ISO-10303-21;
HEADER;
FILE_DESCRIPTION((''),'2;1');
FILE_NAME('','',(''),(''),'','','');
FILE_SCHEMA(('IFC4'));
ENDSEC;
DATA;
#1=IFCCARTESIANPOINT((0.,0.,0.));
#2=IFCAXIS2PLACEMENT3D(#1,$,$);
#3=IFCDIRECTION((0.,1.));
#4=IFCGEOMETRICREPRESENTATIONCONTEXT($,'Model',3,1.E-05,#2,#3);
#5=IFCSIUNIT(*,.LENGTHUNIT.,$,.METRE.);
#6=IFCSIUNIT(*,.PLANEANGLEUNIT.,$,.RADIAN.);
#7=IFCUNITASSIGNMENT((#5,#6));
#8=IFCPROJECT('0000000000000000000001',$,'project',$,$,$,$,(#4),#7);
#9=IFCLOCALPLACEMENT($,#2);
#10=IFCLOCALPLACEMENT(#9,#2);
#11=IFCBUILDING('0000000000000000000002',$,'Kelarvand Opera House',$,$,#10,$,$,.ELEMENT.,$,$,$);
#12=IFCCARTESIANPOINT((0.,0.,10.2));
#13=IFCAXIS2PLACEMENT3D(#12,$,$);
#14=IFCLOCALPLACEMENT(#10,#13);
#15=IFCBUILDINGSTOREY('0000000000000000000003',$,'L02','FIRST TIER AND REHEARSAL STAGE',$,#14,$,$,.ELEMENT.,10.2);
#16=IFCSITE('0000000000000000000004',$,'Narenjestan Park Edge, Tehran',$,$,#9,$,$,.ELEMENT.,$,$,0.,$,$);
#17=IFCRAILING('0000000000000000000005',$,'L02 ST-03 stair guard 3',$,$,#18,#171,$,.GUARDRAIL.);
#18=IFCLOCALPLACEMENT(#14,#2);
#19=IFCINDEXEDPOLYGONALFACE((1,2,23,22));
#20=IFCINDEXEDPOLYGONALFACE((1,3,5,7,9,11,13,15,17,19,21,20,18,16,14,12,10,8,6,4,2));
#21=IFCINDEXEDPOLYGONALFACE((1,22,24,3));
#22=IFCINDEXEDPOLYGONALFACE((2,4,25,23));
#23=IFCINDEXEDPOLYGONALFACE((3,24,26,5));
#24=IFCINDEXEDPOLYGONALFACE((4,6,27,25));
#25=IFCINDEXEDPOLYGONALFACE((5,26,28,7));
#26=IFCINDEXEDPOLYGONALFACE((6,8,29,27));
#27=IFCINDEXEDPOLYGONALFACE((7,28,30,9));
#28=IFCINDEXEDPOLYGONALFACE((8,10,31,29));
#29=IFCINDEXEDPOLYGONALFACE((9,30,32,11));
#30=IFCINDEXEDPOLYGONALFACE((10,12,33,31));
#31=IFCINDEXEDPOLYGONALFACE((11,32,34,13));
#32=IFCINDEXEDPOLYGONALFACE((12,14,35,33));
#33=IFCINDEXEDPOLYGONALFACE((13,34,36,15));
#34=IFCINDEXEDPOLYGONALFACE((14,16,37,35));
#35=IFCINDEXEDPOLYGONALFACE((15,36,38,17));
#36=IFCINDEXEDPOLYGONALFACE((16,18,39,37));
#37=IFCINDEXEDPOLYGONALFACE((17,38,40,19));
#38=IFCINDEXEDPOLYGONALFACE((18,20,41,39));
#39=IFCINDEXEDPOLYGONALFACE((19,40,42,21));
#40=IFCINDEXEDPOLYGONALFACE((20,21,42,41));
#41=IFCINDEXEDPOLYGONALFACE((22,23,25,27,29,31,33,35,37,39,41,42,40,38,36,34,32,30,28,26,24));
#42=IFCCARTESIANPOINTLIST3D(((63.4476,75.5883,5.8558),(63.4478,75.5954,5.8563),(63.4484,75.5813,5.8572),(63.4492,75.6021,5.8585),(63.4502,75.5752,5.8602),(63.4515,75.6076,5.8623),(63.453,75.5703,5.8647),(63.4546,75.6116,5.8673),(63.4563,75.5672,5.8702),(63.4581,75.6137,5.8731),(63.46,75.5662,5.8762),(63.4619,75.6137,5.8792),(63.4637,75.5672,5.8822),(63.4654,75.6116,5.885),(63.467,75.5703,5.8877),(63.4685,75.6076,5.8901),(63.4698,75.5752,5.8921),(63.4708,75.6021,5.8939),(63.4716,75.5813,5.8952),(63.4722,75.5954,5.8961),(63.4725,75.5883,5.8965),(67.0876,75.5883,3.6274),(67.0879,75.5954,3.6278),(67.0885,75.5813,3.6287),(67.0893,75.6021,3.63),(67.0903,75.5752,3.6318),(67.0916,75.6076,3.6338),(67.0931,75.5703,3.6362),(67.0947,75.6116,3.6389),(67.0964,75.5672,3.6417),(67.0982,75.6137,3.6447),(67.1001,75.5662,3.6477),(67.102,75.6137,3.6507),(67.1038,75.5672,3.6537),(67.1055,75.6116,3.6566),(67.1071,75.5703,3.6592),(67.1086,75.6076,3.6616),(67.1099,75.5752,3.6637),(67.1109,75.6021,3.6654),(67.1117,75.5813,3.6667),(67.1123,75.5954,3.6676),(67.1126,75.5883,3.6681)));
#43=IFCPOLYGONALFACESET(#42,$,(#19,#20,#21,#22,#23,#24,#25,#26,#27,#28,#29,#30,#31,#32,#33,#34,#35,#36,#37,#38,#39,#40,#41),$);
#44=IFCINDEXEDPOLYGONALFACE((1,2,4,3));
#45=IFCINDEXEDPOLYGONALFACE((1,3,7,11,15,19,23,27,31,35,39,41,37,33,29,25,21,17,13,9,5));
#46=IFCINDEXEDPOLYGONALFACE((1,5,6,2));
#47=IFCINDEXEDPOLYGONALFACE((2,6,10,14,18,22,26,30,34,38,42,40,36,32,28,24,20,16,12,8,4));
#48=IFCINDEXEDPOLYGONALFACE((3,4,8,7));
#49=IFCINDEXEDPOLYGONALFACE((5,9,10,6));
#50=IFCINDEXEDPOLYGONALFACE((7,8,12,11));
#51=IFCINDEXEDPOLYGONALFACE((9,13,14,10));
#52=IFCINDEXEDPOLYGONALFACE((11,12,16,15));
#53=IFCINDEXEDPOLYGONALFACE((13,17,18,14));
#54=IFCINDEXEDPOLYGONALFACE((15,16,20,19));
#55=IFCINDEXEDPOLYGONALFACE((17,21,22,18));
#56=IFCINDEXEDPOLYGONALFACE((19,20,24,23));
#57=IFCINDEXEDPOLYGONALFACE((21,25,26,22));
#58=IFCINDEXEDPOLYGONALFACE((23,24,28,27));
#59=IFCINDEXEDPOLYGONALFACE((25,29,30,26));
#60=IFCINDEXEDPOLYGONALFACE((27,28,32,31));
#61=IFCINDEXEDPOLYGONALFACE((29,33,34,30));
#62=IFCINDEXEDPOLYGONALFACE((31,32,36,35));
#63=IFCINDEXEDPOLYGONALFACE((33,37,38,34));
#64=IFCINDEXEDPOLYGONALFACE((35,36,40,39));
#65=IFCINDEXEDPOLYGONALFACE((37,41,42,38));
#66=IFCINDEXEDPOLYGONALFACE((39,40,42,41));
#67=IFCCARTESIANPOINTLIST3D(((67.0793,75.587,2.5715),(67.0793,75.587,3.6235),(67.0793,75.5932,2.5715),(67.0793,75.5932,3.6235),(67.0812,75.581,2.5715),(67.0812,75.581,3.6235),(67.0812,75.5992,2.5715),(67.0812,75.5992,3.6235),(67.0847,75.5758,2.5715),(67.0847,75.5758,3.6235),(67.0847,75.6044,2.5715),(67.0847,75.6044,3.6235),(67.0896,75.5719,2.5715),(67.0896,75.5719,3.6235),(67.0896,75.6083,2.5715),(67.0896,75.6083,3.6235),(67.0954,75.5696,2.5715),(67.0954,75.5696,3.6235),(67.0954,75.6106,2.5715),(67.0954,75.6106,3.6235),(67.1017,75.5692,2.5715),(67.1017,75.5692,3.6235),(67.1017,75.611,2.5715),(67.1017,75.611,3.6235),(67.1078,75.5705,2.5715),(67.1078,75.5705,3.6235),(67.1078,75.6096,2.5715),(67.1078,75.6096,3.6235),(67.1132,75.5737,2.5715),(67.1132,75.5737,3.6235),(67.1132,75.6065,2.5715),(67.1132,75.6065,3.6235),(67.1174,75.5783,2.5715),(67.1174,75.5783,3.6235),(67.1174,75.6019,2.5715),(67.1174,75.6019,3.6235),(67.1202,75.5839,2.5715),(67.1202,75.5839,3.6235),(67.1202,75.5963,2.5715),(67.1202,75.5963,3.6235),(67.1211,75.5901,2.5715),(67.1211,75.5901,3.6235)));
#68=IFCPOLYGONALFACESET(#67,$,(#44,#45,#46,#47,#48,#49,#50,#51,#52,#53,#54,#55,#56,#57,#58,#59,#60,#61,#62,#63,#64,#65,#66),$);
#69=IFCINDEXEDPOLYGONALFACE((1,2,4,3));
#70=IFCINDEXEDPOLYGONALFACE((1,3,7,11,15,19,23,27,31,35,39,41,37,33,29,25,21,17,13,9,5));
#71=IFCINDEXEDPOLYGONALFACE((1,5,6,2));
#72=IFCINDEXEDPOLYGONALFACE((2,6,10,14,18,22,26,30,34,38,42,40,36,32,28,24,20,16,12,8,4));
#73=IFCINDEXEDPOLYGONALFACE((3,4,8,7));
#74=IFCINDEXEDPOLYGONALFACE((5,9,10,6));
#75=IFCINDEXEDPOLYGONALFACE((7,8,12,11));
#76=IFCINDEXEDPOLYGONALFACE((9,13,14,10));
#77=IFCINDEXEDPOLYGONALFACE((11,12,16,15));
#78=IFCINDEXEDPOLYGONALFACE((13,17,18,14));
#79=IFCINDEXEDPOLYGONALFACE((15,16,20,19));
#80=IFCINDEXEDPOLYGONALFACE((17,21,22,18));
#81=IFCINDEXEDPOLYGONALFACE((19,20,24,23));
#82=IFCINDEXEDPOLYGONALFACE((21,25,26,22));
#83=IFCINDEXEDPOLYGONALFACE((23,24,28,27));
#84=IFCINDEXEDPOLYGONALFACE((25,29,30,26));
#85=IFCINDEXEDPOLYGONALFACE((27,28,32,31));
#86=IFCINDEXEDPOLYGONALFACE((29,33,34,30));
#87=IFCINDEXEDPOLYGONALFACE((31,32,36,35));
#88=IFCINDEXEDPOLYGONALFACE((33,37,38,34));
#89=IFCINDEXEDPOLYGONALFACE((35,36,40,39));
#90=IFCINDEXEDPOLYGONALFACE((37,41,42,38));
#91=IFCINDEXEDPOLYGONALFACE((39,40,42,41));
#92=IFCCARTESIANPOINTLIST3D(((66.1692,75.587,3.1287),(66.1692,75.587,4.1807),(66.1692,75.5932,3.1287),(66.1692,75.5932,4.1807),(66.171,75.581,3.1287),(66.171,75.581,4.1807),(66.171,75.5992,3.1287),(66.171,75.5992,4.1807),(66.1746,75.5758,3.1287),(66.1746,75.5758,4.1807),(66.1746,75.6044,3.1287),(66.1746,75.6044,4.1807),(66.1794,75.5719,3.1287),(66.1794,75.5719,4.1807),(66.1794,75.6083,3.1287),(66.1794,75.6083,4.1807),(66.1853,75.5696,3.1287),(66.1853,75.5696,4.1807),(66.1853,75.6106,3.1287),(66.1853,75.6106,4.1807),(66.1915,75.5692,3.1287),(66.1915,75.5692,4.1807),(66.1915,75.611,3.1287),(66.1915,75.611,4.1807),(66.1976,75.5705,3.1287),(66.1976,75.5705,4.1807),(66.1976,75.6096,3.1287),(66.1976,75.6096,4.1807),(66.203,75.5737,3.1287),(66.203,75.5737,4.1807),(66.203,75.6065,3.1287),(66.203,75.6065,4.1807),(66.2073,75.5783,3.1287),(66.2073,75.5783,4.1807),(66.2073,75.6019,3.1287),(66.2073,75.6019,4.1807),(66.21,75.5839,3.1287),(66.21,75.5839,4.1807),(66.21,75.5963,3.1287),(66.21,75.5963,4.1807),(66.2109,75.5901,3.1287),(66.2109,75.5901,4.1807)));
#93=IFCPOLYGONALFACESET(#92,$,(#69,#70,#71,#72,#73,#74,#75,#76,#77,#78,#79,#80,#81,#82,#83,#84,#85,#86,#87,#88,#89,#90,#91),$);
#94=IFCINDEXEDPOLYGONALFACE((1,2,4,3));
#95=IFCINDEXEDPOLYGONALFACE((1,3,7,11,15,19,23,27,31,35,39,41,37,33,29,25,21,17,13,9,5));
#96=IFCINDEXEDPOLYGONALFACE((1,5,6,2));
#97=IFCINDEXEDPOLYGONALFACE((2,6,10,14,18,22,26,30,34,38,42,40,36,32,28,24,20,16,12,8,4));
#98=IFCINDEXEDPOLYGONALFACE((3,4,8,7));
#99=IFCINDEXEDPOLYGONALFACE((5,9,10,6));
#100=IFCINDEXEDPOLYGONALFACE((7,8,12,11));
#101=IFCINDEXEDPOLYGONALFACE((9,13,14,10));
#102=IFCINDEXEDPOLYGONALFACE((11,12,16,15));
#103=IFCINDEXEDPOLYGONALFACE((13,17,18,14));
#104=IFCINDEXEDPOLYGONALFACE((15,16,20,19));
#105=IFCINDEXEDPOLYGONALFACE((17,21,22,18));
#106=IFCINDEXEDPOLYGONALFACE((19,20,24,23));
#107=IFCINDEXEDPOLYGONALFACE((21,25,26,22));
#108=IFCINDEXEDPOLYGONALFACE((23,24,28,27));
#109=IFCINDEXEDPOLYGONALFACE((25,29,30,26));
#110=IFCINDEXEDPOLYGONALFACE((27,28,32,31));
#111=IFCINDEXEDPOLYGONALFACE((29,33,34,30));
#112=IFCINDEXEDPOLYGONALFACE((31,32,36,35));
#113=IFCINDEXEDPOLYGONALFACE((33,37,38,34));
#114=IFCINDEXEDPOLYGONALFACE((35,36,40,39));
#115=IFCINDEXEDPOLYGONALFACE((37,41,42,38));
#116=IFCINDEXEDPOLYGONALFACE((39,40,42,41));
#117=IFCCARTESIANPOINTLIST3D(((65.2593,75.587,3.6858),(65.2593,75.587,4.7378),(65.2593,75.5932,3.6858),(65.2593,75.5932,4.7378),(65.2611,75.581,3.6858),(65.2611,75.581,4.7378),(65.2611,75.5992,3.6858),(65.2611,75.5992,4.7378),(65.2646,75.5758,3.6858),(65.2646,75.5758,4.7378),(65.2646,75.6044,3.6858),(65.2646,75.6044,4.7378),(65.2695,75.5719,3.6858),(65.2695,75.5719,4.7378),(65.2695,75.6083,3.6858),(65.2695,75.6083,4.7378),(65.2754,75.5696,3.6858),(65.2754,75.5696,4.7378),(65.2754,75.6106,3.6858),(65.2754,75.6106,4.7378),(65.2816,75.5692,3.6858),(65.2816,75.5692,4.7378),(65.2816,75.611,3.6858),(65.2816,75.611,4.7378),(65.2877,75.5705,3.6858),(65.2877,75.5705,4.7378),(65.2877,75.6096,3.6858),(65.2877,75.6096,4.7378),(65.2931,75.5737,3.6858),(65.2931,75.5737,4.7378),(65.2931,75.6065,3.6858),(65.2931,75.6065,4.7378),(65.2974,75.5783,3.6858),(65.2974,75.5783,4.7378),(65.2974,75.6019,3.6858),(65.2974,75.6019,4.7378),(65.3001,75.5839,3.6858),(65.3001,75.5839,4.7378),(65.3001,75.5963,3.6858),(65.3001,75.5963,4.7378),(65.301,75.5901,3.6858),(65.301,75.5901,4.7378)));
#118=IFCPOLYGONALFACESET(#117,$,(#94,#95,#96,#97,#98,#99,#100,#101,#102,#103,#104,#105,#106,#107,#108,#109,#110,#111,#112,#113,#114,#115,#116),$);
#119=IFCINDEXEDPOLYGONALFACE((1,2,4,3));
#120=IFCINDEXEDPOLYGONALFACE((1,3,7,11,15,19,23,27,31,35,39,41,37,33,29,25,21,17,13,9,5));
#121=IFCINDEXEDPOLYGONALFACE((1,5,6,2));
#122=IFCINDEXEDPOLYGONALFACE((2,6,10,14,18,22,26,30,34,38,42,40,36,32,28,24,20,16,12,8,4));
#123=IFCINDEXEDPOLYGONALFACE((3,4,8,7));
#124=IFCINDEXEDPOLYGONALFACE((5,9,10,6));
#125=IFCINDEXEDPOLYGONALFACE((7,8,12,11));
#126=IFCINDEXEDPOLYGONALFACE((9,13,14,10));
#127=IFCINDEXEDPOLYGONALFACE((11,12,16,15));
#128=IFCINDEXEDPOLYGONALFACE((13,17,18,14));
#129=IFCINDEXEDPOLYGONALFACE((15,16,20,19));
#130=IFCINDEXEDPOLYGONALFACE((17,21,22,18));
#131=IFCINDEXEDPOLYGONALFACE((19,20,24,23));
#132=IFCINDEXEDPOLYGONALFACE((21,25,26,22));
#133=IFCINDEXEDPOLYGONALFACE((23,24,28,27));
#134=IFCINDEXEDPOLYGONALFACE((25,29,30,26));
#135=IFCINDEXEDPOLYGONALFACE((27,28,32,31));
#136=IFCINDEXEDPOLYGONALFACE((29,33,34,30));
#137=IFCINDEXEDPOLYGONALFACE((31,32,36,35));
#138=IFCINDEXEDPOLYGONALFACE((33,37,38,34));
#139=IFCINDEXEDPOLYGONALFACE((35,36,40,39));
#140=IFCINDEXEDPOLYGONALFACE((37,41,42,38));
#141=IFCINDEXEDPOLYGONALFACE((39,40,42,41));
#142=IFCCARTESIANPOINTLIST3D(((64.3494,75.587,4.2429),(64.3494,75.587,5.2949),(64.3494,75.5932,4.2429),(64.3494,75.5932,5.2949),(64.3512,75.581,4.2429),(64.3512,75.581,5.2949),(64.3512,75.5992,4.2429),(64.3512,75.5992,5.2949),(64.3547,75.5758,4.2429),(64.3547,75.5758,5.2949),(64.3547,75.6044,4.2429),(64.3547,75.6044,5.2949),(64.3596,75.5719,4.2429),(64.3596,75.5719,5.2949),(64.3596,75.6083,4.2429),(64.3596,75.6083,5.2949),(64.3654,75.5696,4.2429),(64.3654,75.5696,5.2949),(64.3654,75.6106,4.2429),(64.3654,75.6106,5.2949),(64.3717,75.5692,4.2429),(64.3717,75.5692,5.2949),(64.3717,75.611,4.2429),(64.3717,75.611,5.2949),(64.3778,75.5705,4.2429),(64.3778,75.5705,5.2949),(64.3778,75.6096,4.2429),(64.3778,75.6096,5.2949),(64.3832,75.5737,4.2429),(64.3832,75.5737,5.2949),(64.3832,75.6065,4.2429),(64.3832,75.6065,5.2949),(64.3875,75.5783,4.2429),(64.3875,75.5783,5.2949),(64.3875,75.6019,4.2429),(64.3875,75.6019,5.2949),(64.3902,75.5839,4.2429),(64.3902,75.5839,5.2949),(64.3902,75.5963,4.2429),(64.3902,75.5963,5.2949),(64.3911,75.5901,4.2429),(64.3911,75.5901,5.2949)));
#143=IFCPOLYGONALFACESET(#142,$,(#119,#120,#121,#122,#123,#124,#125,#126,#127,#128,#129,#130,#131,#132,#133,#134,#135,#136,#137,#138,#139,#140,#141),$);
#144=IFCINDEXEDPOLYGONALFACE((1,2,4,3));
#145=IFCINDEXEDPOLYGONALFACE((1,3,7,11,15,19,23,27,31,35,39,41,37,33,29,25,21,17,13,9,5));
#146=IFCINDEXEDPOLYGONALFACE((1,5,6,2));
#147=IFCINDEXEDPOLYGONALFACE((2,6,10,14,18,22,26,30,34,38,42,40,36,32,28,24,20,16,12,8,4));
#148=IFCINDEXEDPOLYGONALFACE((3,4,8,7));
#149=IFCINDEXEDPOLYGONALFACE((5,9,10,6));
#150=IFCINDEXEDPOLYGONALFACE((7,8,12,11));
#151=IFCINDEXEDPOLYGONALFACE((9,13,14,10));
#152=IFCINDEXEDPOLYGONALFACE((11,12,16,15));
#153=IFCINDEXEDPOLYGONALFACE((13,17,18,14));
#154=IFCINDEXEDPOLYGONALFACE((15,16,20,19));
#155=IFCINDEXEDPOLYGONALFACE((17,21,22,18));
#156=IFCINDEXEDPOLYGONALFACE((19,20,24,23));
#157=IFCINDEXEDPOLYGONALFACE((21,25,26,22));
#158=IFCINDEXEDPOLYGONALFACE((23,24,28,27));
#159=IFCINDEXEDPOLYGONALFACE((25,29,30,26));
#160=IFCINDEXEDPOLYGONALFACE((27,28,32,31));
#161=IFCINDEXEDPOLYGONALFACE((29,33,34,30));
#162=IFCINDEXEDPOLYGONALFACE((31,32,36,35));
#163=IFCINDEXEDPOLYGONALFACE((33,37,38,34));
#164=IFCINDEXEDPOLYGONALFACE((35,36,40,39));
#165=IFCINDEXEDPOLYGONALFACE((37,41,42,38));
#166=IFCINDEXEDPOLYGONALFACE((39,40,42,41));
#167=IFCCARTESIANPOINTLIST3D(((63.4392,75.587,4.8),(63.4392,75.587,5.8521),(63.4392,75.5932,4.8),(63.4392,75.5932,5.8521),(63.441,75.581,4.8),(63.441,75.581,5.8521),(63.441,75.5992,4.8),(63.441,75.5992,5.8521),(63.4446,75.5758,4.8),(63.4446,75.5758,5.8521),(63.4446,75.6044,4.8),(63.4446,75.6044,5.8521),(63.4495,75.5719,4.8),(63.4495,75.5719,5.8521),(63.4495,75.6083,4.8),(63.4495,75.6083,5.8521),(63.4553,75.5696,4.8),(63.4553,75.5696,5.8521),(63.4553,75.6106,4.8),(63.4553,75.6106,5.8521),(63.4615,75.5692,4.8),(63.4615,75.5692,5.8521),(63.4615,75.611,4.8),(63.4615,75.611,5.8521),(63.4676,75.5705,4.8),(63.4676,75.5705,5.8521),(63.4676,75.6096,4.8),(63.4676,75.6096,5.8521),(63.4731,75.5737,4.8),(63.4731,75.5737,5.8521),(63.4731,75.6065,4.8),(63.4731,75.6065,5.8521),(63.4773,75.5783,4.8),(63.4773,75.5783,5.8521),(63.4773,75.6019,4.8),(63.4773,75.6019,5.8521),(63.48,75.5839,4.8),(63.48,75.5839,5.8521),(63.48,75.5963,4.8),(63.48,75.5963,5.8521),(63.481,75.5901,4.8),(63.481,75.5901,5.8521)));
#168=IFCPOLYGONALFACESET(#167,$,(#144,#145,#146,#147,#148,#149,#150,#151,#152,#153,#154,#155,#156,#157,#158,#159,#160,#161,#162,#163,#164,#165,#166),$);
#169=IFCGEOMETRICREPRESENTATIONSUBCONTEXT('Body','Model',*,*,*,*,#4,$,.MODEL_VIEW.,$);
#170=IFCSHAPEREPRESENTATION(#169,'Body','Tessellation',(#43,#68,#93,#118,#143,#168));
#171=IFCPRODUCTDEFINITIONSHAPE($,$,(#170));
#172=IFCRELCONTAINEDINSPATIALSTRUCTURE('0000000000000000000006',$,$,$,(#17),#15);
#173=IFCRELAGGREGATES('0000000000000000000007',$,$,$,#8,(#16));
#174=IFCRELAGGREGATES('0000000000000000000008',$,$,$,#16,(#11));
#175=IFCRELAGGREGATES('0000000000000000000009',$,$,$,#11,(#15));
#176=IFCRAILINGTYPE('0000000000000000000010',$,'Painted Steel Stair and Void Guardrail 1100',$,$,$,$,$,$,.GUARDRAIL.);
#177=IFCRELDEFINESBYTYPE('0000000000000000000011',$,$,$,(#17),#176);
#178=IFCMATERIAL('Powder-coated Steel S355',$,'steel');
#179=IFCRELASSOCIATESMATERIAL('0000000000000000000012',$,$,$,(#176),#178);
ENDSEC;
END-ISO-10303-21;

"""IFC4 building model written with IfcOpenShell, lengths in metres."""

from ifc_helpers import new_model, si_unit, direction, frame, origin, origin_2d, place, context, subcontext, project, spatial, circle, extrude, material, type_object, element, save


model = new_model("IFC4")

# Units and contexts
model_context = context("Model", 3, precision=1e-05, world=origin(), true_north=direction((0.0, 1.0)))
body_context = subcontext(model_context, "Body", "Model", "MODEL_VIEW")
ifc_project = project(units=[si_unit("LENGTHUNIT", "METRE"), si_unit("PLANEANGLEUNIT", "RADIAN")], contexts=[model_context])

# Site, building, storey
site_placement = place(None, origin())
site = spatial("IfcSite", under=ifc_project, at=site_placement, Name="Narenjestan Park Edge, Tehran", CompositionType="ELEMENT", RefElevation=0.0)
building_placement = place(site_placement, origin())
building = spatial("IfcBuilding", under=site, at=building_placement, Name="Kelarvand Opera House", CompositionType="ELEMENT")
storey_placement = place(building_placement, frame((0.0, 0.0, 10.2)))
storey = spatial("IfcBuildingStorey", under=building, at=storey_placement, Name="L02", Description="FIRST TIER AND REHEARSAL STAGE", CompositionType="ELEMENT", Elevation=10.2)

# Railing
ifc_material_1 = material(Name="Powder-coated Steel S355", Category="steel")
railing_type_1 = type_object("IfcRailingType", Name="Painted Steel Stair and Void Guardrail 1100", PredefinedType="GUARDRAIL", material=ifc_material_1)
railing_1_placement = place(storey_placement, frame((67.1001, 75.5901, 2.5715)))
element("IfcRailing", 1, at=railing_1_placement, inside=storey, type_object=railing_type_1, Name="L02 ST-03 stair guard 3", PredefinedType="GUARDRAIL", context=body_context, shape_type="SweptSolid", body=[
    extrude(circle(Radius=0.0239, at=origin_2d()), frame((0.0, 0.0, 1.0762), z_axis=(-0.852866, 0.0, 0.52213), x_axis=(0.0, -1.0, 0.0)), (0.0, 0.0, 1.0), 4.2681),
    extrude(circle(Radius=0.021, at=origin_2d()), origin(), (0.0, 0.0, 1.0), 1.052),
    extrude(circle(Radius=0.021, at=origin_2d()), frame((-0.9102, 0.0, 0.5571)), (0.0, 0.0, 1.0), 1.052),
    extrude(circle(Radius=0.021, at=origin_2d()), frame((-1.8201, 0.0, 1.1143)), (0.0, 0.0, 1.0), 1.052),
    extrude(circle(Radius=0.021, at=origin_2d()), frame((-2.73, 0.0, 1.6714)), (0.0, 0.0, 1.0), 1.052),
    extrude(circle(Radius=0.021, at=origin_2d()), frame((-3.6401, 0.0, 2.2285)), (0.0, 0.0, 1.0), 1.052),
])

save(model, "model.ifc")
